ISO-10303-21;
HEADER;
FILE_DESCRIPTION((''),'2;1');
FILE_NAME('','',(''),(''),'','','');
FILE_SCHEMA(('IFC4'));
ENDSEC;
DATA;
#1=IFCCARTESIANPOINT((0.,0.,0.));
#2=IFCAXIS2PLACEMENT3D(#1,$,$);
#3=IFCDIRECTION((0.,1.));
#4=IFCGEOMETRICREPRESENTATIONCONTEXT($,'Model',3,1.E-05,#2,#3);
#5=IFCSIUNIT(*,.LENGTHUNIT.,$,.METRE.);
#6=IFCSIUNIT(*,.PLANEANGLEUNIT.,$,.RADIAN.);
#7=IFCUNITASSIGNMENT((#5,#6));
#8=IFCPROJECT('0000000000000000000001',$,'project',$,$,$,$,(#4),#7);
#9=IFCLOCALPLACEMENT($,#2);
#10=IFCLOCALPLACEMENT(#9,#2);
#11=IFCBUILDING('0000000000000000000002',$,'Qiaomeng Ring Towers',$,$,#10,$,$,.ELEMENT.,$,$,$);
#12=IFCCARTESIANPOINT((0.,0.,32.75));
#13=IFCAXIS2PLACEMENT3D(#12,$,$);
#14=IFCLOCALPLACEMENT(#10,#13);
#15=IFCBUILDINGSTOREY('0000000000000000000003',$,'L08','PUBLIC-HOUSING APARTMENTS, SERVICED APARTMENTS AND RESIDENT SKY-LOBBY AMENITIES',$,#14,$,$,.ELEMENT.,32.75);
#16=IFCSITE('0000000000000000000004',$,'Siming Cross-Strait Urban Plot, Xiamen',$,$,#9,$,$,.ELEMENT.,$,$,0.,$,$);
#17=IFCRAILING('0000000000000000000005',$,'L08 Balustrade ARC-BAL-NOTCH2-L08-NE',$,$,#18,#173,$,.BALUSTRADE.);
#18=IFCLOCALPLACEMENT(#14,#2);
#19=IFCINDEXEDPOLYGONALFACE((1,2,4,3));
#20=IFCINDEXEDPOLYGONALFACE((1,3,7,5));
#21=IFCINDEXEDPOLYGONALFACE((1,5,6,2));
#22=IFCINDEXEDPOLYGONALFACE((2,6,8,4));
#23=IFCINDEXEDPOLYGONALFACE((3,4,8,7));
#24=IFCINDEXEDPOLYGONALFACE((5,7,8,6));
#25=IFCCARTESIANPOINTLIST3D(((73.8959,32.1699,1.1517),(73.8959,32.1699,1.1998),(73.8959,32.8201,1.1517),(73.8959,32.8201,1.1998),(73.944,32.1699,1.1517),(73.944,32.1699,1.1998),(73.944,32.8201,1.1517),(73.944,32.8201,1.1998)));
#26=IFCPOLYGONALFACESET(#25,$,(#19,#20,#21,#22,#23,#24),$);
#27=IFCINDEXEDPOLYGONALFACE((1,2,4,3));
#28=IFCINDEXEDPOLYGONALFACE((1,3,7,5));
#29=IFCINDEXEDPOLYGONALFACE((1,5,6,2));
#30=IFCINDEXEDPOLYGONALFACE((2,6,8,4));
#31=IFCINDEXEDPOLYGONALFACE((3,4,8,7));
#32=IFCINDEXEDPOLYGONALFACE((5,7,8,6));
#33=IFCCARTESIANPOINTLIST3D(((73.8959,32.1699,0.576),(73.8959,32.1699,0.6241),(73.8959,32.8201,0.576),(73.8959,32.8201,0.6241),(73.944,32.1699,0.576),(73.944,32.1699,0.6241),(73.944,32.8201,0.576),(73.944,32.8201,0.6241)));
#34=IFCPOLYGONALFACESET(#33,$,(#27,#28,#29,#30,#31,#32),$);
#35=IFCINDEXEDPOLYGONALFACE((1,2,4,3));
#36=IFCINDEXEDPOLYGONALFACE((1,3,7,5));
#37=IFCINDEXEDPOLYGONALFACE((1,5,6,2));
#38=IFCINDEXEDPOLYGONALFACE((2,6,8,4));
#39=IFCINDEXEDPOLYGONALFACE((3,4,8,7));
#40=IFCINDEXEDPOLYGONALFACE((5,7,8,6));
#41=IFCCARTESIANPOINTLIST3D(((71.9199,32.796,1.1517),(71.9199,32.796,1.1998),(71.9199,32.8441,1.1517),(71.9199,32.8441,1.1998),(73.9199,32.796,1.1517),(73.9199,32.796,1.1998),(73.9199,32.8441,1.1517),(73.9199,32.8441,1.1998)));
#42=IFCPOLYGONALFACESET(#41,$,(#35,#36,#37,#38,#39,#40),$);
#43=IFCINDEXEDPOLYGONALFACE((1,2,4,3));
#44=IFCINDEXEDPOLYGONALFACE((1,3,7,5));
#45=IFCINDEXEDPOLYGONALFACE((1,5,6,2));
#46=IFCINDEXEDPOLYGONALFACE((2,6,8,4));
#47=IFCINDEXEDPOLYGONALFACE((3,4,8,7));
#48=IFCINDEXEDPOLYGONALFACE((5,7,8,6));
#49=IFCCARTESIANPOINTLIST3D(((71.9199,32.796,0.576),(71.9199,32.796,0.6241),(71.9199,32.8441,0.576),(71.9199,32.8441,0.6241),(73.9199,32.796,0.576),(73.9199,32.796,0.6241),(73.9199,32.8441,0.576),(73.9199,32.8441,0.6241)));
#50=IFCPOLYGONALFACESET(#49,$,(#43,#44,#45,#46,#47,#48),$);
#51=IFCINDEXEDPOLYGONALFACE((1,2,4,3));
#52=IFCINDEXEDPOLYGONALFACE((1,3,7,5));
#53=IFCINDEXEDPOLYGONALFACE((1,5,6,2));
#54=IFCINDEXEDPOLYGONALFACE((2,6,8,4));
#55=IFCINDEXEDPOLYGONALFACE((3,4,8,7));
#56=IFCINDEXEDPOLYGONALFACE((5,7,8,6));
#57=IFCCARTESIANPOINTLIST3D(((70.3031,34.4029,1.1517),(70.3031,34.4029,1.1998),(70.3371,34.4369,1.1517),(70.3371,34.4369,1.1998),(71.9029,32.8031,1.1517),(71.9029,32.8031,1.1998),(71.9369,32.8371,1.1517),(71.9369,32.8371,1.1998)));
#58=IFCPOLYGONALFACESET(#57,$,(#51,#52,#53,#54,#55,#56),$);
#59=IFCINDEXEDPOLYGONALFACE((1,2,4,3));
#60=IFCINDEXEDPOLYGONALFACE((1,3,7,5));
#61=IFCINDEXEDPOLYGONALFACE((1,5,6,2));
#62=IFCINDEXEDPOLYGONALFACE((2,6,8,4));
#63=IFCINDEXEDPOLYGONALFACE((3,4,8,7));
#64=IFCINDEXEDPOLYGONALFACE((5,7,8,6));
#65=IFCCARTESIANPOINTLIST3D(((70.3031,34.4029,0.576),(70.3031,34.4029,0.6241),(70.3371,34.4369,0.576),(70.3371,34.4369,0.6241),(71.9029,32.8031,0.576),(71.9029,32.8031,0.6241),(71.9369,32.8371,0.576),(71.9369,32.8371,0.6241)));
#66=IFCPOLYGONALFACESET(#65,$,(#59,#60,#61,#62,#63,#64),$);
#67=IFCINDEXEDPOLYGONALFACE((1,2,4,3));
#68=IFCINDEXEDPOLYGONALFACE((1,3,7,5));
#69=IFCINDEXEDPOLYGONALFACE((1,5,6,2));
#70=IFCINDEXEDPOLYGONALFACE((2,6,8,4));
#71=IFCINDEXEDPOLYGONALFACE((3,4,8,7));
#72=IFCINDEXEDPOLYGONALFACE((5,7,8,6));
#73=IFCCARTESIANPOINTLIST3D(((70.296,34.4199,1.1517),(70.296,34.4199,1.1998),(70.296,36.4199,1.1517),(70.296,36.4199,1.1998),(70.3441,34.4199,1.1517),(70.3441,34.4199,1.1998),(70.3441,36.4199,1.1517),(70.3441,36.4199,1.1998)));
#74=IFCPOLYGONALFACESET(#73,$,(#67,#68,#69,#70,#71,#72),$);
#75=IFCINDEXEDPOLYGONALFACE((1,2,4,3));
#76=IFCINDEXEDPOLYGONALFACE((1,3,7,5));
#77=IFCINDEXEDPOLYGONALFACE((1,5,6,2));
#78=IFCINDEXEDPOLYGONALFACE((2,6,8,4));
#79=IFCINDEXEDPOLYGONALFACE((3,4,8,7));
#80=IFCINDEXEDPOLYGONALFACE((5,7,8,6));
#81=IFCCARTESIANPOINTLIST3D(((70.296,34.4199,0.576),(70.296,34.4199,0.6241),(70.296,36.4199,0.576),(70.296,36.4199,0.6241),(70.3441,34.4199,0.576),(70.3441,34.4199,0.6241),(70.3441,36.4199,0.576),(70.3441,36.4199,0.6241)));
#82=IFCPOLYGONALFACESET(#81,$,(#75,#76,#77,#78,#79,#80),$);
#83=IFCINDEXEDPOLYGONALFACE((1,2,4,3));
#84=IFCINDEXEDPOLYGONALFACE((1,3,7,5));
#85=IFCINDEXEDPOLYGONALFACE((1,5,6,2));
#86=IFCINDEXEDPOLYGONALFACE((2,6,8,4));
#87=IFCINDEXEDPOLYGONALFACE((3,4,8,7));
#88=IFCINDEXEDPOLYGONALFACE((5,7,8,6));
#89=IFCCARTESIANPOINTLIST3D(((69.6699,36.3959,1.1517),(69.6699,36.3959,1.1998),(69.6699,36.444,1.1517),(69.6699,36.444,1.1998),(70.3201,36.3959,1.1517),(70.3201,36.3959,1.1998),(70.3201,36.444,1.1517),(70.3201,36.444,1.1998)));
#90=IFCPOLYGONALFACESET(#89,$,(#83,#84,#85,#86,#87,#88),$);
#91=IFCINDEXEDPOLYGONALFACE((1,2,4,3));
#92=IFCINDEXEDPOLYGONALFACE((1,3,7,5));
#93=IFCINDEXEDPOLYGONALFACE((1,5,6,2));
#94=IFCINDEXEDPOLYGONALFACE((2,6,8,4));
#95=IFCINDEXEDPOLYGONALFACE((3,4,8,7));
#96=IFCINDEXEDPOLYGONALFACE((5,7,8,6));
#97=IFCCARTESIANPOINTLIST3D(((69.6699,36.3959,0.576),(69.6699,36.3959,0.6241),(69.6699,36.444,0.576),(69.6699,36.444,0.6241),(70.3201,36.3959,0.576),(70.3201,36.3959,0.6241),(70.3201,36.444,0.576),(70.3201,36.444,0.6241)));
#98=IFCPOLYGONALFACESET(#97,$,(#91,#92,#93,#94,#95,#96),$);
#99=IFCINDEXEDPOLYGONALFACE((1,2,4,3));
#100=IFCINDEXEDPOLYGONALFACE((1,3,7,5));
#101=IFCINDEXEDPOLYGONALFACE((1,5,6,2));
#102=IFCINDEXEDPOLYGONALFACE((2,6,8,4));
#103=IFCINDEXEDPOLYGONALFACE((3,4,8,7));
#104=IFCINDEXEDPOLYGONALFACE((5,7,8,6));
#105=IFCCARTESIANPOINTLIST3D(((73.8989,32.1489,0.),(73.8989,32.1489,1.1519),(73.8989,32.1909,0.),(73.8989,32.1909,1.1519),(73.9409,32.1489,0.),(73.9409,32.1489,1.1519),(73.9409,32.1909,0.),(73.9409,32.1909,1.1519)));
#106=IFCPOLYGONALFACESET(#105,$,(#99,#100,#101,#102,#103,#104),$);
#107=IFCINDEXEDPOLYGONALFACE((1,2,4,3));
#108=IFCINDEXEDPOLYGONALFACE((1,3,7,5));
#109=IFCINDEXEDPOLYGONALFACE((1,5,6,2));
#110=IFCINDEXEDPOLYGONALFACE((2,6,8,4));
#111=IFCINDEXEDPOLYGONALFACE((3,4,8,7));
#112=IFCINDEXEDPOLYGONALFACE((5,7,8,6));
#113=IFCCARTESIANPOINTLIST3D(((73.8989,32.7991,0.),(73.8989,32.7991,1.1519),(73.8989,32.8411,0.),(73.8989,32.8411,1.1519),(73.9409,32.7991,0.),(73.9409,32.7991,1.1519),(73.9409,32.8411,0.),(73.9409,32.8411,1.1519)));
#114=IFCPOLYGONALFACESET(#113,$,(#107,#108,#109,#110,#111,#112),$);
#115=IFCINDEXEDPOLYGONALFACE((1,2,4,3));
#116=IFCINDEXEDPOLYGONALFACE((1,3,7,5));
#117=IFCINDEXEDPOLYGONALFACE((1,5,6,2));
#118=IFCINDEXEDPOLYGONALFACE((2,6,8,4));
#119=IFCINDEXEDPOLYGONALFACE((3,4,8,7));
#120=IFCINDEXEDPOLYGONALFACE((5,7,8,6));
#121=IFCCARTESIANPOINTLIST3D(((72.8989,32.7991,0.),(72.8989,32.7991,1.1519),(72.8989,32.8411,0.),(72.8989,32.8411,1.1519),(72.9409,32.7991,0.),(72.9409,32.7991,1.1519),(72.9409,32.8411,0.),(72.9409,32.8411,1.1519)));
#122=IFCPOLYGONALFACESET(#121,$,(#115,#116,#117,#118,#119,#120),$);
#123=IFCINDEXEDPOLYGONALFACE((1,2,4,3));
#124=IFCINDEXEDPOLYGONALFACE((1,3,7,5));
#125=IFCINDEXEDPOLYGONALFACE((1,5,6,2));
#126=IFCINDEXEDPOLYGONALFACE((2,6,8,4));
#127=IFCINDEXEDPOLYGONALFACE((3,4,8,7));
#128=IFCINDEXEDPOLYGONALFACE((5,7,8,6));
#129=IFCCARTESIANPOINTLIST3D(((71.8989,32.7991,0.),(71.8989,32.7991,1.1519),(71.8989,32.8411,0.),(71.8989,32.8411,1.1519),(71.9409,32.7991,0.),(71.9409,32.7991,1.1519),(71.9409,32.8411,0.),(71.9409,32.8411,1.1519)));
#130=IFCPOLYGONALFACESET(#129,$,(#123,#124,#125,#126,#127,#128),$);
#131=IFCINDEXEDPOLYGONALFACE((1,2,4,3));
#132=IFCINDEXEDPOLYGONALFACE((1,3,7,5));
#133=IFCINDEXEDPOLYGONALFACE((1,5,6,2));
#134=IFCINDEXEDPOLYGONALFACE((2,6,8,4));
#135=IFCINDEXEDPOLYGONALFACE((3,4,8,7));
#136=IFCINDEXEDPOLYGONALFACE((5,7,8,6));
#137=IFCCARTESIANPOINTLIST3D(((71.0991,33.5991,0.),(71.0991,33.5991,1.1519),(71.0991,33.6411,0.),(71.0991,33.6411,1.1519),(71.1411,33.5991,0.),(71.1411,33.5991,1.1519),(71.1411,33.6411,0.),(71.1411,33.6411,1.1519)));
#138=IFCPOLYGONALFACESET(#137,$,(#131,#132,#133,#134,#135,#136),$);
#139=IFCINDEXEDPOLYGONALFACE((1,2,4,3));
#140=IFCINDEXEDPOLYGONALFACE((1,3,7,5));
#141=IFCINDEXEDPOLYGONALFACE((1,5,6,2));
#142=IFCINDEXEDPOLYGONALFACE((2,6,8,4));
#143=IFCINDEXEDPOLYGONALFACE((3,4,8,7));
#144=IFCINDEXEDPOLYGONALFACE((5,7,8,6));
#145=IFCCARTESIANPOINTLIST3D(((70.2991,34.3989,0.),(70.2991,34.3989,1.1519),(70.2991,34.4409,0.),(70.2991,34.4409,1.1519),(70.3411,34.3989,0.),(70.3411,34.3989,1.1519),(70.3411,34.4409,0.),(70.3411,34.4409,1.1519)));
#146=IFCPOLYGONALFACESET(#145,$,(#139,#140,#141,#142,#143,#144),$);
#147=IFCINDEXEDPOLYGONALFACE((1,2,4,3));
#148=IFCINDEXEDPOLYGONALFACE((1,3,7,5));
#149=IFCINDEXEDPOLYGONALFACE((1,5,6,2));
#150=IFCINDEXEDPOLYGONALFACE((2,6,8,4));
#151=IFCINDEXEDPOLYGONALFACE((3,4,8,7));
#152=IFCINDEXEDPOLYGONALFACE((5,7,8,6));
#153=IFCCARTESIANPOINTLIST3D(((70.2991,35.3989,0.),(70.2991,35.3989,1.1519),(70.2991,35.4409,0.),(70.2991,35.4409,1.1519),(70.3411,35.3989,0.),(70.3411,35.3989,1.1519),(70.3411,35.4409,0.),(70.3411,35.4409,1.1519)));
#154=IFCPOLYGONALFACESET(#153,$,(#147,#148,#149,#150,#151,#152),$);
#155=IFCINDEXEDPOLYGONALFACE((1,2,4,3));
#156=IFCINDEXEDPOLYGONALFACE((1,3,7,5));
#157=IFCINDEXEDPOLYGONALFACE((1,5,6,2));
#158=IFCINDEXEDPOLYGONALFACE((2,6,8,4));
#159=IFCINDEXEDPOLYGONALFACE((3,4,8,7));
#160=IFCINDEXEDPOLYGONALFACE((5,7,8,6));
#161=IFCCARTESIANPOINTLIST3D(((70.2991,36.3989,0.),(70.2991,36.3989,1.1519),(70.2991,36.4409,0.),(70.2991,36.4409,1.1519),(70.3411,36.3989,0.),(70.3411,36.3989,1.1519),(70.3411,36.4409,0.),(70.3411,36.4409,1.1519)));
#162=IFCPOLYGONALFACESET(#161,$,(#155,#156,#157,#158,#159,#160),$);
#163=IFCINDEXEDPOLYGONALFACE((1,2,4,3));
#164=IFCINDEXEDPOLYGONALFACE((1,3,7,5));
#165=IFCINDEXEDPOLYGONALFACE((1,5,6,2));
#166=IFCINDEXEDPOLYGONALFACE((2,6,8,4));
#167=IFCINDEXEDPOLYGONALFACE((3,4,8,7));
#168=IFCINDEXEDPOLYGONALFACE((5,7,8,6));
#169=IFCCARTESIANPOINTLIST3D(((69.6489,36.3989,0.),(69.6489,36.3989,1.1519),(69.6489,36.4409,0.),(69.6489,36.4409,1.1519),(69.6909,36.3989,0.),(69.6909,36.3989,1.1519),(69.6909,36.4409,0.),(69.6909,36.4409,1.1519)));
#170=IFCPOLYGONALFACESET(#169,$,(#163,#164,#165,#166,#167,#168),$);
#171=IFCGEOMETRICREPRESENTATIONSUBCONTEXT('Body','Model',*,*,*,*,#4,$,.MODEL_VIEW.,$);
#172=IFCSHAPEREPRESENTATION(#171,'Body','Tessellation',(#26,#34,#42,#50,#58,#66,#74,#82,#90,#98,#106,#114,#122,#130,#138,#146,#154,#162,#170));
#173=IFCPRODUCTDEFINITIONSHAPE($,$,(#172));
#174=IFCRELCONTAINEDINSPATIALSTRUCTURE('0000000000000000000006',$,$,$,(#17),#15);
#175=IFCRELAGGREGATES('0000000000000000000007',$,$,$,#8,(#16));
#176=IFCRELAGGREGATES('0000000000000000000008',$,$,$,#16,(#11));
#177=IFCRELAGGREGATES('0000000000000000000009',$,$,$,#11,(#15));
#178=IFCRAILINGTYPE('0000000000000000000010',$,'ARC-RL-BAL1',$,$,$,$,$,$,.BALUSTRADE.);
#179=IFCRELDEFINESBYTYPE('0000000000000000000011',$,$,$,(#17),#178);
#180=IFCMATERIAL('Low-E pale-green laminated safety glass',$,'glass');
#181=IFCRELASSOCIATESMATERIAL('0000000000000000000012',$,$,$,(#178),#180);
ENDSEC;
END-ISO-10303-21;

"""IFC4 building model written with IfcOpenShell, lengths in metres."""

from ifc_helpers import new_model, si_unit, direction, frame, origin, origin_2d, place, context, subcontext, project, spatial, rectangle, extrude, material, type_object, element, save


model = new_model("IFC4")

# Units and contexts
model_context = context("Model", 3, precision=1e-05, world=origin(), true_north=direction((0.0, 1.0)))
body_context = subcontext(model_context, "Body", "Model", "MODEL_VIEW")
ifc_project = project(units=[si_unit("LENGTHUNIT", "METRE"), si_unit("PLANEANGLEUNIT", "RADIAN")], contexts=[model_context])

# Site, building, storey
site_placement = place(None, origin())
site = spatial("IfcSite", under=ifc_project, at=site_placement, Name="Siming Cross-Strait Urban Plot, Xiamen", CompositionType="ELEMENT", RefElevation=0.0)
building_placement = place(site_placement, origin())
building = spatial("IfcBuilding", under=site, at=building_placement, Name="Qiaomeng Ring Towers", CompositionType="ELEMENT")
storey_placement = place(building_placement, frame((0.0, 0.0, 32.75)))
storey = spatial("IfcBuildingStorey", under=building, at=storey_placement, Name="L08", Description="PUBLIC-HOUSING APARTMENTS, SERVICED APARTMENTS AND RESIDENT SKY-LOBBY AMENITIES", CompositionType="ELEMENT", Elevation=32.75)

# Railing
ifc_material_1 = material(Name="Low-E pale-green laminated safety glass", Category="glass")
railing_type = type_object("IfcRailingType", Name="ARC-RL-BAL1", PredefinedType="BALUSTRADE", material=ifc_material_1)
railing_1_placement = place(storey_placement, frame((73.9199, 32.1699, 0.0)))
element("IfcRailing", 1, at=railing_1_placement, inside=storey, type_object=railing_type, Name="L08 Balustrade ARC-BAL-NOTCH2-L08-NE", PredefinedType="BALUSTRADE", context=body_context, shape_type="SweptSolid", body=[
    extrude(rectangle(XDim=0.0481, YDim=0.0481, at=origin_2d()), frame((0.0, 0.0, 1.1758), z_axis=(0.0, 1.0, 0.0), x_axis=(-1.0, 0.0, 0.0)), (0.0, 0.0, 1.0), 0.6501),
    extrude(rectangle(XDim=0.0481, YDim=0.0481, at=origin_2d()), frame((0.0, 0.0, 0.6001), z_axis=(0.0, 1.0, 0.0), x_axis=(-1.0, 0.0, 0.0)), (0.0, 0.0, 1.0), 0.6501),
    extrude(rectangle(XDim=0.0481, YDim=0.0481, at=origin_2d()), frame((0.0, 0.6501, 1.1758), z_axis=(-1.0, 0.0, 0.0), x_axis=(0.0, -1.0, 0.0)), (0.0, 0.0, 1.0), 2.0),
    extrude(rectangle(XDim=0.0481, YDim=0.0481, at=origin_2d()), frame((0.0, 0.6501, 0.6001), z_axis=(-1.0, 0.0, 0.0), x_axis=(0.0, -1.0, 0.0)), (0.0, 0.0, 1.0), 2.0),
    extrude(rectangle(XDim=0.0481, YDim=0.0481, at=origin_2d()), frame((-2.0, 0.6501, 1.1758), z_axis=(-0.707107, 0.707107, 0.0), x_axis=(-0.707107, -0.707107, 0.0)), (0.0, 0.0, 1.0), 2.2625),
    extrude(rectangle(XDim=0.0481, YDim=0.0481, at=origin_2d()), frame((-2.0, 0.6501, 0.6001), z_axis=(-0.707107, 0.707107, 0.0), x_axis=(-0.707107, -0.707107, 0.0)), (0.0, 0.0, 1.0), 2.2625),
    extrude(rectangle(XDim=0.0481, YDim=0.0481, at=origin_2d()), frame((-3.5999, 2.25, 1.1758), z_axis=(0.0, 1.0, 0.0), x_axis=(-1.0, 0.0, 0.0)), (0.0, 0.0, 1.0), 2.0),
    extrude(rectangle(XDim=0.0481, YDim=0.0481, at=origin_2d()), frame((-3.5999, 2.25, 0.6001), z_axis=(0.0, 1.0, 0.0), x_axis=(-1.0, 0.0, 0.0)), (0.0, 0.0, 1.0), 2.0),
    extrude(rectangle(XDim=0.0481, YDim=0.0481, at=origin_2d()), frame((-3.5999, 4.25, 1.1758), z_axis=(-1.0, 0.0, 0.0), x_axis=(0.0, -1.0, 0.0)), (0.0, 0.0, 1.0), 0.6501),
    extrude(rectangle(XDim=0.0481, YDim=0.0481, at=origin_2d()), frame((-3.5999, 4.25, 0.6001), z_axis=(-1.0, 0.0, 0.0), x_axis=(0.0, -1.0, 0.0)), (0.0, 0.0, 1.0), 0.6501),
    extrude(rectangle(XDim=0.042, YDim=0.042, at=origin_2d()), origin(), (0.0, 0.0, 1.0), 1.1519),
    extrude(rectangle(XDim=0.042, YDim=0.042, at=origin_2d()), frame((0.0, 0.6501, 0.0)), (0.0, 0.0, 1.0), 1.1519),
    extrude(rectangle(XDim=0.042, YDim=0.042, at=origin_2d()), frame((-1.0, 0.6501, 0.0)), (0.0, 0.0, 1.0), 1.1519),
    extrude(rectangle(XDim=0.042, YDim=0.042, at=origin_2d()), frame((-2.0, 0.6501, 0.0)), (0.0, 0.0, 1.0), 1.1519),
    extrude(rectangle(XDim=0.042, YDim=0.042, at=origin_2d()), frame((-2.7998, 1.4502, 0.0)), (0.0, 0.0, 1.0), 1.1519),
    extrude(rectangle(XDim=0.042, YDim=0.042, at=origin_2d()), frame((-3.5999, 2.25, 0.0)), (0.0, 0.0, 1.0), 1.1519),
    extrude(rectangle(XDim=0.042, YDim=0.042, at=origin_2d()), frame((-3.5999, 3.25, 0.0)), (0.0, 0.0, 1.0), 1.1519),
    extrude(rectangle(XDim=0.042, YDim=0.042, at=origin_2d()), frame((-3.5999, 4.25, 0.0)), (0.0, 0.0, 1.0), 1.1519),
    extrude(rectangle(XDim=0.042, YDim=0.042, at=origin_2d()), frame((-4.25, 4.25, 0.0)), (0.0, 0.0, 1.0), 1.1519),
])

save(model, "model.ifc")
